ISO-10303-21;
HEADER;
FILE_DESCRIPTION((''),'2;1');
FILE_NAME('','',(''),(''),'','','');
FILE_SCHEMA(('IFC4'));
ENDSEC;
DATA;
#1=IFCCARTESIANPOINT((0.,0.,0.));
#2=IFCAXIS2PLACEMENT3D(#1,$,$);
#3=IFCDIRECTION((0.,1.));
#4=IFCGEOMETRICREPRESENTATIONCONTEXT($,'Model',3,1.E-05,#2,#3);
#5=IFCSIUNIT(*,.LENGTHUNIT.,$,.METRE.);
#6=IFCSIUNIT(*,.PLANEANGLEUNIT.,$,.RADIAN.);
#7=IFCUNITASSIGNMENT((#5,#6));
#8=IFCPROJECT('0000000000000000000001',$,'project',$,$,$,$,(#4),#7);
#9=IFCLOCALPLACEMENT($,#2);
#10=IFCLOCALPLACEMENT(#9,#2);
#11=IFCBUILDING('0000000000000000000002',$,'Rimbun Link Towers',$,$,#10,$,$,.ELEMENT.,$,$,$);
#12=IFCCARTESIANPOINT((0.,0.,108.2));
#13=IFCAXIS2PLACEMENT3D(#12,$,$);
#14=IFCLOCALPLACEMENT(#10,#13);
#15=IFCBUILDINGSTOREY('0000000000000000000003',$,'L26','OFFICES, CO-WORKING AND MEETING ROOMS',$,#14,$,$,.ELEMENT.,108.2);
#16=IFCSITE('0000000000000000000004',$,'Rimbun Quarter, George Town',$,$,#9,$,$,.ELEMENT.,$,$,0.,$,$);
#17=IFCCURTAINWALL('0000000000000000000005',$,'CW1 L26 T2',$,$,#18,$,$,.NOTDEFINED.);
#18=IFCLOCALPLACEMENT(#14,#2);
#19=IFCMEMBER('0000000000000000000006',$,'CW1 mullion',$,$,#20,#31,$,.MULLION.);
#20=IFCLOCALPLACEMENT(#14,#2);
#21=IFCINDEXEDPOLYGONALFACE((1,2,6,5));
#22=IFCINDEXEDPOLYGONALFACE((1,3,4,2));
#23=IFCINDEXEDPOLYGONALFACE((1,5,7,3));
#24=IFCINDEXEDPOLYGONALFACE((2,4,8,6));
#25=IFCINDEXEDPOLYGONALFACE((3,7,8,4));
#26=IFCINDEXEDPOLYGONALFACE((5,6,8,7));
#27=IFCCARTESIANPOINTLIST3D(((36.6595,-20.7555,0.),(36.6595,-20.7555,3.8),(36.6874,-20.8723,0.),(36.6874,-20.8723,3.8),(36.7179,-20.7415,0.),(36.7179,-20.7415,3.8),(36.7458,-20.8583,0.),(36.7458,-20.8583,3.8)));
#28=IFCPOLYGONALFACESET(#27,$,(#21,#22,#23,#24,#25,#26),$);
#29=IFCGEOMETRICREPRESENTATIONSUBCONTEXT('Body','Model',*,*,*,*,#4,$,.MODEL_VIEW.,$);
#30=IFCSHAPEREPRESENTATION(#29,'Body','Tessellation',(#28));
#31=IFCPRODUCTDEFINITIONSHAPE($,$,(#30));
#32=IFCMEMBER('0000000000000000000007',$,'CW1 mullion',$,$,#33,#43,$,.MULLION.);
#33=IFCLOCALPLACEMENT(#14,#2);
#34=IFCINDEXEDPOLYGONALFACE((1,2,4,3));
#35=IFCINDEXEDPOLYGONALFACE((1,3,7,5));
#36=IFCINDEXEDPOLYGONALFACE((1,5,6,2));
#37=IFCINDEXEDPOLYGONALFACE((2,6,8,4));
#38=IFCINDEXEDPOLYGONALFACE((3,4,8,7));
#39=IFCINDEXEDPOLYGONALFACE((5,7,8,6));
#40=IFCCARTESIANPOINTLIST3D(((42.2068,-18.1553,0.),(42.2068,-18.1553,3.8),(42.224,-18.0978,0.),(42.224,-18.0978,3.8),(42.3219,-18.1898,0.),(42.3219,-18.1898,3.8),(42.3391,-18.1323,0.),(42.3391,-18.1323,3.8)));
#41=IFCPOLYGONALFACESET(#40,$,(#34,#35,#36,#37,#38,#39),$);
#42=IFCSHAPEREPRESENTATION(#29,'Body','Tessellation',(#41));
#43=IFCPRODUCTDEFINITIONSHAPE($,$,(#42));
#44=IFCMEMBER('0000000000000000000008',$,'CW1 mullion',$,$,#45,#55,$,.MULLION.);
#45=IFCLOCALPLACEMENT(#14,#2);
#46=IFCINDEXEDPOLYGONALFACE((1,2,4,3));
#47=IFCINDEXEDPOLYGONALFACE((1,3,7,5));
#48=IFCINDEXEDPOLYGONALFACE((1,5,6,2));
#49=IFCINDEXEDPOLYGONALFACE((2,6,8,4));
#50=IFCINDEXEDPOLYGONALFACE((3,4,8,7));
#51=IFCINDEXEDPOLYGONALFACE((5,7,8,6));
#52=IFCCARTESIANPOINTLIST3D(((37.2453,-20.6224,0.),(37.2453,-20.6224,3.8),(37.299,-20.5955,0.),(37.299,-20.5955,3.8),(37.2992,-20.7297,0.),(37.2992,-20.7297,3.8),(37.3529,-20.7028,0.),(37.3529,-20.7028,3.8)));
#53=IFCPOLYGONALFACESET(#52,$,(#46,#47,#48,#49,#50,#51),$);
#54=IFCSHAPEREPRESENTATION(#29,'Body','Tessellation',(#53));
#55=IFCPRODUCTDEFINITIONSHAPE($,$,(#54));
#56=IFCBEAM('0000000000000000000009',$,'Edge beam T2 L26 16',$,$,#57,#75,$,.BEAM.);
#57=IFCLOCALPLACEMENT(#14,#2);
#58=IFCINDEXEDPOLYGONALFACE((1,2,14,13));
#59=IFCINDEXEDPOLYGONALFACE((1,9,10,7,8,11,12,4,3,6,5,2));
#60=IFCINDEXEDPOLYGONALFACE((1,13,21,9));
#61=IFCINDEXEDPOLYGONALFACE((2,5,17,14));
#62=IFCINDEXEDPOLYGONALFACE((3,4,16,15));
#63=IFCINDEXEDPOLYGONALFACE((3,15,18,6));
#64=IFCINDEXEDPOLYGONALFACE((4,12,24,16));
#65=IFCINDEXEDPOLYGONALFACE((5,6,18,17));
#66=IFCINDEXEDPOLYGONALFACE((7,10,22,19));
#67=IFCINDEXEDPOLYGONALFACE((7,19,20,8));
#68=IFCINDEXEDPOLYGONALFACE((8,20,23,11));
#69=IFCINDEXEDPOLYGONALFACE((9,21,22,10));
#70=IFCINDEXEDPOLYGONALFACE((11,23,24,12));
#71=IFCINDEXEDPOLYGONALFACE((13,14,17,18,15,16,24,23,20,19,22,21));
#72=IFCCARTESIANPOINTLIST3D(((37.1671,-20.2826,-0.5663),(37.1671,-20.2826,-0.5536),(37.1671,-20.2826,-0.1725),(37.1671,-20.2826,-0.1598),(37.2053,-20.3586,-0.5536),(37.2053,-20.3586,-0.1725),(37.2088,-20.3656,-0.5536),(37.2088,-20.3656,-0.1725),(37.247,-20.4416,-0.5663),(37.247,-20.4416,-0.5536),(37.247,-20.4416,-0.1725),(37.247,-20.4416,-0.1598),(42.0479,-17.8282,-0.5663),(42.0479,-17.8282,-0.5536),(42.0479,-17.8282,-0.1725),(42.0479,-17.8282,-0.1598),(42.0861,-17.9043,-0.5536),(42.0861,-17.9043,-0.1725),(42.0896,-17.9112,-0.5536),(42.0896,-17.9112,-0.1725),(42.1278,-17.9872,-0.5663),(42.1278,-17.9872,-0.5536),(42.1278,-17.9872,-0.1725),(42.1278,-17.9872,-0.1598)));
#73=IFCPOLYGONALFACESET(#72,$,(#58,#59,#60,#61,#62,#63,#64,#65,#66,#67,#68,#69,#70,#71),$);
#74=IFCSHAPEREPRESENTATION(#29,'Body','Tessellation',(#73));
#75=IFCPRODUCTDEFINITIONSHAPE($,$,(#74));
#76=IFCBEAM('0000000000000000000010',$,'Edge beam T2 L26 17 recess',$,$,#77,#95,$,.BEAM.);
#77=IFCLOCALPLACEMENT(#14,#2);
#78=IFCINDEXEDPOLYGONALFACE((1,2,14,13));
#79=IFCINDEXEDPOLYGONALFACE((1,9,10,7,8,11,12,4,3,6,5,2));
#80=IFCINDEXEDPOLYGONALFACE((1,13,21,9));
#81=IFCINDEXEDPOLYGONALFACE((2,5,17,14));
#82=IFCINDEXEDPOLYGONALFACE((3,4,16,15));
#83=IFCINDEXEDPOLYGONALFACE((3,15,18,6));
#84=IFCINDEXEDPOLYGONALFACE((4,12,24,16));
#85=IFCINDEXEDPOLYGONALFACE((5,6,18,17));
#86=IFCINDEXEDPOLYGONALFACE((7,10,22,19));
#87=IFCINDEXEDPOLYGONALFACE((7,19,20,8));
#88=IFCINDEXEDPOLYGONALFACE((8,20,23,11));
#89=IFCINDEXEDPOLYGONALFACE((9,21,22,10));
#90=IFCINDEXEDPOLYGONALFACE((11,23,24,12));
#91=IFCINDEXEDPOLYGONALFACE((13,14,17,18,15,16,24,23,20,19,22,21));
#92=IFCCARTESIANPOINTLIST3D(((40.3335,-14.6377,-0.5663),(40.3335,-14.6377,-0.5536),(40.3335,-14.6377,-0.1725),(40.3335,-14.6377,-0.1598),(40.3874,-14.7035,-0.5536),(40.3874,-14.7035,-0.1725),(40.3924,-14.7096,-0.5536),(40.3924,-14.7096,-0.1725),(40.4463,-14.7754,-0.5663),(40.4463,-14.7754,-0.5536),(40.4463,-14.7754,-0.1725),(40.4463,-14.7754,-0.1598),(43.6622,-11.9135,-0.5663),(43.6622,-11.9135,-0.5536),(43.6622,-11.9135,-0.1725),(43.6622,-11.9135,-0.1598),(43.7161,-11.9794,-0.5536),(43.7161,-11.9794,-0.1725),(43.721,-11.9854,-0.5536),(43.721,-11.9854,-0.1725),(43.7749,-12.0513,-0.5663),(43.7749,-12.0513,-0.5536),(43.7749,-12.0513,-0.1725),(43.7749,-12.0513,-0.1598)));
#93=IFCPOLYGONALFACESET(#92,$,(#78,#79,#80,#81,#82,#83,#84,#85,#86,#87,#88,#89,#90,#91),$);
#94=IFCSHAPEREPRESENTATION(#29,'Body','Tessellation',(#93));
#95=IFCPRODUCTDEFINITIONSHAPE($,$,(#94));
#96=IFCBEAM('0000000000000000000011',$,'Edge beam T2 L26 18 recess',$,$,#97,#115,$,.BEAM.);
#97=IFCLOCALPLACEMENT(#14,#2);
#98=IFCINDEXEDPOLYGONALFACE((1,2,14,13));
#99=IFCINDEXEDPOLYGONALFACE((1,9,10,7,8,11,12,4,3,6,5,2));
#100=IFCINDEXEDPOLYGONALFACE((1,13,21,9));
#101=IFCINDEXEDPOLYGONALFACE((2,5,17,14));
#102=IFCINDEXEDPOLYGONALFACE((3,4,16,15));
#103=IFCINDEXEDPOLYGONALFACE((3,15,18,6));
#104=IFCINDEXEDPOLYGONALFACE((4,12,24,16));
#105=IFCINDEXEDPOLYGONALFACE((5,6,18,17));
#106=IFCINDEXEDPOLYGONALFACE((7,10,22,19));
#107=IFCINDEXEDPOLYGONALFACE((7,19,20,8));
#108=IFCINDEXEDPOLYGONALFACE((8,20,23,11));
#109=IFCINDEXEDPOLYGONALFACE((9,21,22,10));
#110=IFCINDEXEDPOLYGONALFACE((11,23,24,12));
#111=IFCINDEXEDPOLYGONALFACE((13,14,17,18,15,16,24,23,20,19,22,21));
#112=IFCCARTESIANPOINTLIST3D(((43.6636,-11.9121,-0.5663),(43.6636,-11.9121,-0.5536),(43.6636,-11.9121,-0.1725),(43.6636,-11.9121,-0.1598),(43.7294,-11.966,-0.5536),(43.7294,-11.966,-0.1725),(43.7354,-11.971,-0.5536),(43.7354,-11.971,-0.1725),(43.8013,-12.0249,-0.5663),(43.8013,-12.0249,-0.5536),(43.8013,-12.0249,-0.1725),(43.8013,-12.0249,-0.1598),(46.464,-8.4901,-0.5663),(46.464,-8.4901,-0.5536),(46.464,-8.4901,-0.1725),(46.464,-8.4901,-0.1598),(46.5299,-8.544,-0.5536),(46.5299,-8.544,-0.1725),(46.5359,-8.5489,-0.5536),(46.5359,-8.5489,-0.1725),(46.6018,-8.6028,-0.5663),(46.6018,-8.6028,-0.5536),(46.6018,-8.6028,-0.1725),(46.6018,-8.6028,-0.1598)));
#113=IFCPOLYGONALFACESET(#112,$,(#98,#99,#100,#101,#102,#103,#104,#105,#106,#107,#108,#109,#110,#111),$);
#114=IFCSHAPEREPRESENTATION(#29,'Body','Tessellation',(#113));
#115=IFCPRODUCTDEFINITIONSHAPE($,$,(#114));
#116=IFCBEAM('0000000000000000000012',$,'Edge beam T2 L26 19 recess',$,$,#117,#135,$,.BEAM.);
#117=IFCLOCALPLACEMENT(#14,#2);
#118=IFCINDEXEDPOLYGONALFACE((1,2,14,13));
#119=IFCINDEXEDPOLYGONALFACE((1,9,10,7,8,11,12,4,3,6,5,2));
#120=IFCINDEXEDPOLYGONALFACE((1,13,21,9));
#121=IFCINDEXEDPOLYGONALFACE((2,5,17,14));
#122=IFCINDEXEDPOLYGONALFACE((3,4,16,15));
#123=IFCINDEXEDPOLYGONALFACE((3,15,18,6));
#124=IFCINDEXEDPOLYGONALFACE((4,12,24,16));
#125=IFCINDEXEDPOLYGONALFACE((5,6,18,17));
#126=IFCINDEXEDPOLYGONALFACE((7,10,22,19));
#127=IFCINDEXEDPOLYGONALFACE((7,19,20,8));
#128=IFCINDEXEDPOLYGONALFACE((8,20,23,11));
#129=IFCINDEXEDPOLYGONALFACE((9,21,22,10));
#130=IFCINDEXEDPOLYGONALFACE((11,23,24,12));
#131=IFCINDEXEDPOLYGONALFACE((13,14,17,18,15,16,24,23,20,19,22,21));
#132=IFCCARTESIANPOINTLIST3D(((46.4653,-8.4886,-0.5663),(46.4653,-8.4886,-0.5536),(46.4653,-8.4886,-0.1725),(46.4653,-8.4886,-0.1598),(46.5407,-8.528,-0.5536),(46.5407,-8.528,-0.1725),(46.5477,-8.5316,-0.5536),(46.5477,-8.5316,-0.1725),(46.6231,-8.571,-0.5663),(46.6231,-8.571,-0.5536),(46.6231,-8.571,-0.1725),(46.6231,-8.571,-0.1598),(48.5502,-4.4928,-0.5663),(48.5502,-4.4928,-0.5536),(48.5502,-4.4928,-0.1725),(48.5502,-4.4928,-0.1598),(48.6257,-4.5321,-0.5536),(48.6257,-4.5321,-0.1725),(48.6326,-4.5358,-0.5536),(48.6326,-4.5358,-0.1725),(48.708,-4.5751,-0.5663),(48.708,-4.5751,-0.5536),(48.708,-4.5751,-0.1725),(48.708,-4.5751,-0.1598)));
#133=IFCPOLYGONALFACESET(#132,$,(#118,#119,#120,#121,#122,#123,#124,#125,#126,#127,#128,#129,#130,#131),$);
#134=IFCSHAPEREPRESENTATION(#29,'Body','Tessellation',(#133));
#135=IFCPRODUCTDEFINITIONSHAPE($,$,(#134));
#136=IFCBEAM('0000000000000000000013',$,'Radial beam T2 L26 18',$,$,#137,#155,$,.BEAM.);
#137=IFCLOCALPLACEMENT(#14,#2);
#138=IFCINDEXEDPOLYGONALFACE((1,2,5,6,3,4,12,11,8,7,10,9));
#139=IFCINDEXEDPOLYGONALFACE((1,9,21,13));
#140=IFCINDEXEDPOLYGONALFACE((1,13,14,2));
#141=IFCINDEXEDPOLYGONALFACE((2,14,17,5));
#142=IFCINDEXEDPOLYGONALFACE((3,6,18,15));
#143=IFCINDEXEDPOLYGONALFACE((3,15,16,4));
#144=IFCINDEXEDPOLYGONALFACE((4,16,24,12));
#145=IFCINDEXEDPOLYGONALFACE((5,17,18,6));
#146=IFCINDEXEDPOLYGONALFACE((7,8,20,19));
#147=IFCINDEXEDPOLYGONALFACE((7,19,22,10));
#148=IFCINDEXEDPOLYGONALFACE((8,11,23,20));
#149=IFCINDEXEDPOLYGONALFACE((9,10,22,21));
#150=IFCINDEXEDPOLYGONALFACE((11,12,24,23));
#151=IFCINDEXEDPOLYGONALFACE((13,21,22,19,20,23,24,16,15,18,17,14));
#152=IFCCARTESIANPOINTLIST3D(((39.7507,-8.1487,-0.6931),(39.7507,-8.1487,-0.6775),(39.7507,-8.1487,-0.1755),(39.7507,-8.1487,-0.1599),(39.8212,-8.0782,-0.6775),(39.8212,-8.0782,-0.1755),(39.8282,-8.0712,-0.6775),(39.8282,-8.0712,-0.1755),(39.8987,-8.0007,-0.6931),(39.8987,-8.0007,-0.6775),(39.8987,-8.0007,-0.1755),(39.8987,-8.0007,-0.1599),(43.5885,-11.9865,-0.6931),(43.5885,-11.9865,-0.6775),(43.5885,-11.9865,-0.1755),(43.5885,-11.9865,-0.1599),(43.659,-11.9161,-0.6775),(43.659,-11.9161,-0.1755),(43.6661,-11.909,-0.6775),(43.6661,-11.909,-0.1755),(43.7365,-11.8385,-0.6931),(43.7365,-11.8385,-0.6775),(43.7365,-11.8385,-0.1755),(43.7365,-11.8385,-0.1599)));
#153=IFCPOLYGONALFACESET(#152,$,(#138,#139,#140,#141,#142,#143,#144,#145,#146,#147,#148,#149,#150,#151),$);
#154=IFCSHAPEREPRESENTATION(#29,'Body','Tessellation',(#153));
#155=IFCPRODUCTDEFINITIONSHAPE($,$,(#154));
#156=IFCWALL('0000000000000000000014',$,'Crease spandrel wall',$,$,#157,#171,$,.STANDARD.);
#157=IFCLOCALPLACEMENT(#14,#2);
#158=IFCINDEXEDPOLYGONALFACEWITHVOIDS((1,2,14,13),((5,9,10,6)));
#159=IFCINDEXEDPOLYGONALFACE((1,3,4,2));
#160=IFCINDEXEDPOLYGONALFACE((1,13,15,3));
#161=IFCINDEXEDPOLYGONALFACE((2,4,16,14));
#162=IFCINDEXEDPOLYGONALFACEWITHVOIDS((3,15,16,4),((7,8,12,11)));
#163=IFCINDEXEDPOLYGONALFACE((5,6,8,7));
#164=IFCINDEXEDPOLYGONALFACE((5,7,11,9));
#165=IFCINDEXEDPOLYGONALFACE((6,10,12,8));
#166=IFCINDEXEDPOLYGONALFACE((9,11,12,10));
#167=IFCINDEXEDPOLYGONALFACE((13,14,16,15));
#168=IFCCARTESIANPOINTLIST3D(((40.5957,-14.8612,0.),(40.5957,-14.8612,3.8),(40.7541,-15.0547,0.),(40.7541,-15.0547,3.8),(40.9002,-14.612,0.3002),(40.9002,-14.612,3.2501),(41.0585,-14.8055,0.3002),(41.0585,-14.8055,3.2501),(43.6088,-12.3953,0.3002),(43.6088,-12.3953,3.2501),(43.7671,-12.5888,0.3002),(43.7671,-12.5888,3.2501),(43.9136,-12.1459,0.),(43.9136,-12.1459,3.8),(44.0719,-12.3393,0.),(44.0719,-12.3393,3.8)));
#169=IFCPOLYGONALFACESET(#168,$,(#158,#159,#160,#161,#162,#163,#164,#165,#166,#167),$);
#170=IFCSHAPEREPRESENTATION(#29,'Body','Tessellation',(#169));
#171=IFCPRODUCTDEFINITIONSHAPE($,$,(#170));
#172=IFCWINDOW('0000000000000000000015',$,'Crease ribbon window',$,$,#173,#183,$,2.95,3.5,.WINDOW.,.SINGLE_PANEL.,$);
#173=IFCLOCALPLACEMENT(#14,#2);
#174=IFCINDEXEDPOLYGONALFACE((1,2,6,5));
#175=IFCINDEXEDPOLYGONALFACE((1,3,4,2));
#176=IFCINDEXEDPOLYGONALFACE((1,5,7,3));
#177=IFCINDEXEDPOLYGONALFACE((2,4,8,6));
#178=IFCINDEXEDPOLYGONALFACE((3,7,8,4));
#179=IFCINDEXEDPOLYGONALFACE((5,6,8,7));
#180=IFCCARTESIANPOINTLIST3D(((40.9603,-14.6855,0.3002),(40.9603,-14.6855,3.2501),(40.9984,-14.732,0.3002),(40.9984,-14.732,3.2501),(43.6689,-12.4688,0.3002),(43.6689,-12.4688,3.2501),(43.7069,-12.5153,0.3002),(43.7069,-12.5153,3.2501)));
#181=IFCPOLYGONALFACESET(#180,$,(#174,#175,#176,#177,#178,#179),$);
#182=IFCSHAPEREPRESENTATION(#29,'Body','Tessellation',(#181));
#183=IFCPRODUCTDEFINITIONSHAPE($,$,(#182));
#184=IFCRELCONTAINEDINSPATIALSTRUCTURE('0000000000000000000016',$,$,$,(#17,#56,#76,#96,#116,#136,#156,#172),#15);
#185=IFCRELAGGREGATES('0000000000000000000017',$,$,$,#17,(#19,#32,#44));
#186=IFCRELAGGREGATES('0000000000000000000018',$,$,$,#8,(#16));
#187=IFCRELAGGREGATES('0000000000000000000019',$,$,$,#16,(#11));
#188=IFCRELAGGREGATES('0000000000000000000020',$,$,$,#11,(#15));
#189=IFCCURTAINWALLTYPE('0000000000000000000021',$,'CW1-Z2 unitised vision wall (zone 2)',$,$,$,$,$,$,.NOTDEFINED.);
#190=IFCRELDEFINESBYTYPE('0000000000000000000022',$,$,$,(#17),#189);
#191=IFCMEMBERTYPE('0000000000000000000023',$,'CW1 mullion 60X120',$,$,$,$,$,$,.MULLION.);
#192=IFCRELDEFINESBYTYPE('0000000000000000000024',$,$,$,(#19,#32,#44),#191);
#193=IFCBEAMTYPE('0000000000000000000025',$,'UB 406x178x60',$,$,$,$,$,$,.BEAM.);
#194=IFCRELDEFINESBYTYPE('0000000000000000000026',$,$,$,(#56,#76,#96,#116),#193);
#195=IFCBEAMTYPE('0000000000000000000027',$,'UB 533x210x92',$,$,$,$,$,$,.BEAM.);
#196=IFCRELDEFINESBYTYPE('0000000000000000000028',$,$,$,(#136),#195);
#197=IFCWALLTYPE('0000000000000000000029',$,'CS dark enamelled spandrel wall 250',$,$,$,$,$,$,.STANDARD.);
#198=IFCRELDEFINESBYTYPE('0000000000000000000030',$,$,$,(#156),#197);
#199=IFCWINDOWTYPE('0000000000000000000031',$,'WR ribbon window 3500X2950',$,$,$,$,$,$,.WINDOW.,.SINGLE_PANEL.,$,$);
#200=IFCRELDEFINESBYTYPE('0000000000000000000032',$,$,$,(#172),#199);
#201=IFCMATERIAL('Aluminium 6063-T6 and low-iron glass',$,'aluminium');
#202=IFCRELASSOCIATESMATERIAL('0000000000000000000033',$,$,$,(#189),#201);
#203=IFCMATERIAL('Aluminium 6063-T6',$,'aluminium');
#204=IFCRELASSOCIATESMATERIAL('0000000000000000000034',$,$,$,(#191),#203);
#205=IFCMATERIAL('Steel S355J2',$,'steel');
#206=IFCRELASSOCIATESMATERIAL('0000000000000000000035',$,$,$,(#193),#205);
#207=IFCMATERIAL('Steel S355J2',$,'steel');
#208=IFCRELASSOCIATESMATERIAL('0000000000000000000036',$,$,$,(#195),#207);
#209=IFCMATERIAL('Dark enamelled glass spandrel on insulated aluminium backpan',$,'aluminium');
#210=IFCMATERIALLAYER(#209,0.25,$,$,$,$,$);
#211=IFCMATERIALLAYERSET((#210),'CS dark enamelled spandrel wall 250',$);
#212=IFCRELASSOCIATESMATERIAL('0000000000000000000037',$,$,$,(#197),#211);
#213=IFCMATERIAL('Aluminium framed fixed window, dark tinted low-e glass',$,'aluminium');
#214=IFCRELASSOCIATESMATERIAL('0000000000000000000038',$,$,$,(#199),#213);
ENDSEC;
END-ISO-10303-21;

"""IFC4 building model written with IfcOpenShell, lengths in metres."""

from ifc_helpers import new_model, si_unit, direction, frame, frame_2d, origin, origin_2d, place, context, subcontext, project, spatial, rectangle, i_section, extrude, material, layer, layer_set, material_profile, profile_set, type_object, element, fill, aggregate, save


model = new_model("IFC4")

# Units and contexts
model_context = context("Model", 3, precision=1e-05, world=origin(), true_north=direction((0.0, 1.0)))
body_context = subcontext(model_context, "Body", "Model", "MODEL_VIEW")
ifc_project = project(units=[si_unit("LENGTHUNIT", "METRE"), si_unit("PLANEANGLEUNIT", "RADIAN")], contexts=[model_context])

# Site, building, storey
site_placement = place(None, origin())
site = spatial("IfcSite", under=ifc_project, at=site_placement, Name="Rimbun Quarter, George Town", CompositionType="ELEMENT", RefElevation=0.0)
building_placement = place(site_placement, origin())
building = spatial("IfcBuilding", under=site, at=building_placement, Name="Rimbun Link Towers", CompositionType="ELEMENT")
storey_placement = place(building_placement, frame((0.0, 0.0, 108.2)))
storey = spatial("IfcBuildingStorey", under=building, at=storey_placement, Name="L26", Description="OFFICES, CO-WORKING AND MEETING ROOMS", CompositionType="ELEMENT", Elevation=108.2)

# Curtain wall, members
ifc_material_1 = material(Name="Aluminium 6063-T6 and low-iron glass", Category="aluminium")
curtain_wall_type = type_object("IfcCurtainWallType", Name="CW1-Z2 unitised vision wall (zone 2)", PredefinedType="NOTDEFINED", material=ifc_material_1)
curtain_wall_placement = place(storey_placement, origin())
curtain_wall = element("IfcCurtainWall", 1, at=curtain_wall_placement, inside=storey, type_object=curtain_wall_type, Name="CW1 L26 T2", PredefinedType="NOTDEFINED")
ifc_material_2 = material(Name="Aluminium 6063-T6", Category="aluminium")
ifc_material_profile_1 = material_profile(ifc_material_2, rectangle(XDim=0.1201, YDim=0.0601, at=origin_2d()), Name="MULLION 60X120")
ifc_profile_set_1 = profile_set([ifc_material_profile_1], Name="Aluminium 6063-T6")
member_type_1 = type_object("IfcMemberType", Name="CW1 mullion 60X120", PredefinedType="MULLION", material=ifc_profile_set_1)
member_1_placement = place(storey_placement, frame((36.7026, -20.8069, 0.0), z_axis=(0.0, 0.0, 1.0), x_axis=(0.232586, -0.972576, 0.0)))
member_1 = element("IfcMember", 2, at=member_1_placement, type_object=member_type_1, Name="CW1 mullion", PredefinedType="MULLION", context=body_context, shape_type="SweptSolid", body=[
    extrude(rectangle(XDim=0.1201, YDim=0.0601, at=origin_2d()), origin(), (0.0, 0.0, 1.0), 3.8),
])
member_2_placement = place(storey_placement, frame((42.2729, -18.1438, 0.0), z_axis=(0.0, 0.0, 1.0), x_axis=(0.957988, -0.286809, 0.0)))
member_2 = element("IfcMember", 3, at=member_2_placement, type_object=member_type_1, Name="CW1 mullion", PredefinedType="MULLION", context=body_context, shape_type="SweptSolid", body=[
    extrude(rectangle(XDim=0.1201, YDim=0.0601, at=origin_2d()), origin(), (0.0, 0.0, 1.0), 3.8),
])
member_3_placement = place(storey_placement, frame((37.2991, -20.6626, 0.0), z_axis=(0.0, 0.0, 1.0), x_axis=(0.448789, -0.893638, 0.0)))
member_3 = element("IfcMember", 4, at=member_3_placement, type_object=member_type_1, Name="CW1 mullion", PredefinedType="MULLION", context=body_context, shape_type="SweptSolid", body=[
    extrude(rectangle(XDim=0.1201, YDim=0.0601, at=origin_2d()), origin(), (0.0, 0.0, 1.0), 3.8),
])
aggregate(curtain_wall, [member_1, member_2, member_3])

# Beams
ifc_material_3 = material(Name="Steel S355J2", Category="steel")
ifc_material_profile_2 = material_profile(ifc_material_3, i_section(OverallWidth=0.178, OverallDepth=0.4065, WebThickness=0.0078, FlangeThickness=0.0127, at=origin_2d()), Name="UB 406x178x60")
ifc_profile_set_2 = profile_set([ifc_material_profile_2], Name="Steel S355J2")
beam_type_1 = type_object("IfcBeamType", Name="UB 406x178x60", PredefinedType="BEAM", material=ifc_profile_set_2)
beam_1_placement = place(storey_placement, frame((37.207, -20.3621, -0.363), z_axis=(0.893406, 0.44925, 0.0), x_axis=(-0.44925, 0.893406, 0.0)))
element("IfcBeam", 5, at=beam_1_placement, inside=storey, type_object=beam_type_1, Name="Edge beam T2 L26 16", PredefinedType="BEAM", context=body_context, shape_type="SweptSolid", body=[
    extrude(i_section(OverallWidth=0.178, OverallDepth=0.4065, WebThickness=0.0078, FlangeThickness=0.0127, at=origin_2d()), origin(), (0.0, 0.0, 1.0), 5.4631),
])
beam_2_placement = place(storey_placement, frame((40.3899, -14.7065, -0.363), z_axis=(0.773876, 0.633337, 0.0), x_axis=(-0.633337, 0.773876, 0.0)))
element("IfcBeam", 6, at=beam_2_placement, inside=storey, type_object=beam_type_1, Name="Edge beam T2 L26 17 recess", PredefinedType="BEAM", context=body_context, shape_type="SweptSolid", body=[
    extrude(i_section(OverallWidth=0.178, OverallDepth=0.4065, WebThickness=0.0078, FlangeThickness=0.0127, at=origin_2d()), origin(), (0.0, 0.0, 1.0), 4.3013),
])
beam_3_placement = place(storey_placement, frame((43.7324, -11.9685, -0.363), z_axis=(0.633322, 0.773888, 0.0), x_axis=(-0.773888, 0.633322, 0.0)))
element("IfcBeam", 7, at=beam_3_placement, inside=storey, type_object=beam_type_1, Name="Edge beam T2 L26 18 recess", PredefinedType="BEAM", context=body_context, shape_type="SweptSolid", body=[
    extrude(i_section(OverallWidth=0.178, OverallDepth=0.4065, WebThickness=0.0078, FlangeThickness=0.0127, at=origin_2d()), origin(), (0.0, 0.0, 1.0), 4.4219),
])
beam_4_placement = place(storey_placement, frame((46.5442, -8.5298, -0.363), z_axis=(0.462596, 0.886569, 0.0), x_axis=(-0.886569, 0.462596, 0.0)))
element("IfcBeam", 8, at=beam_4_placement, inside=storey, type_object=beam_type_1, Name="Edge beam T2 L26 19 recess", PredefinedType="BEAM", context=body_context, shape_type="SweptSolid", body=[
    extrude(i_section(OverallWidth=0.178, OverallDepth=0.4065, WebThickness=0.0078, FlangeThickness=0.0127, at=origin_2d()), origin(), (0.0, 0.0, 1.0), 4.5071),
])
ifc_material_4 = material(Name="Steel S355J2", Category="steel")
ifc_material_profile_3 = material_profile(ifc_material_4, i_section(OverallWidth=0.2092, OverallDepth=0.5332, WebThickness=0.01, FlangeThickness=0.0156, at=origin_2d()), Name="UB 533x210x92")
ifc_profile_set_3 = profile_set([ifc_material_profile_3], Name="Steel S355J2")
beam_type_2 = type_object("IfcBeamType", Name="UB 533x210x92", PredefinedType="BEAM", material=ifc_profile_set_3)
beam_5_placement = place(storey_placement, frame((39.8247, -8.0747, -0.4265), z_axis=(0.707107, -0.707107, 0.0), x_axis=(0.707107, 0.707107, 0.0)))
element("IfcBeam", 9, at=beam_5_placement, inside=storey, type_object=beam_type_2, Name="Radial beam T2 L26 18", PredefinedType="BEAM", context=body_context, shape_type="SweptSolid", body=[
    extrude(i_section(OverallWidth=0.2092, OverallDepth=0.5332, WebThickness=0.01, FlangeThickness=0.0156, at=origin_2d()), origin(), (0.0, 0.0, 1.0), 5.4275),
])

# Wall, opening, window
ifc_material_5 = material(Name="Dark enamelled glass spandrel on insulated aluminium backpan", Category="aluminium")
ifc_layer_1 = layer(ifc_material_5, 0.25)
ifc_layer_set_1 = layer_set([ifc_layer_1], Name="CS dark enamelled spandrel wall 250")
wall_type_1 = type_object("IfcWallType", Name="CS dark enamelled spandrel wall 250", PredefinedType="STANDARD", material=ifc_layer_set_1)
wall_1_placement = place(storey_placement, frame((43.9927, -12.2427, 0.0), z_axis=(0.0, 0.0, 1.0), x_axis=(-0.773876, -0.633337, 0.0)))
wall_1 = element("IfcWall", 10, at=wall_1_placement, inside=storey, type_object=wall_type_1, Name="Crease spandrel wall", PredefinedType="STANDARD", context=body_context, shape_type="SweptSolid", body=[
    extrude(rectangle(XDim=4.2874, YDim=0.25, at=frame_2d((2.1436, 0.0))), origin(), (0.0, 0.0, 1.0), 3.8),
])
opening_1_placement = place(wall_1_placement, frame((0.3938, 0.0, 0.3)))
opening_1 = element("IfcOpeningElement", 11, at=opening_1_placement, cuts=wall_1, PredefinedType="OPENING", context=body_context, shape_type="SweptSolid", body=[
    extrude(rectangle(XDim=3.5, YDim=2.95, at=frame_2d((1.75, 1.4751))), frame((0.0, 0.135, 0.0), z_axis=(0.0, -1.0, 0.0), x_axis=(1.0, 0.0, 0.0)), (0.0, 0.0, 1.0), 0.27),
])
ifc_material_6 = material(Name="Aluminium framed fixed window, dark tinted low-e glass", Category="aluminium")
window_type_1 = type_object("IfcWindowType", Name="WR ribbon window 3500X2950", PartitioningType="SINGLE_PANEL", PredefinedType="WINDOW", material=ifc_material_6)
window_1_placement = place(opening_1_placement, origin())
window_1 = element("IfcWindow", 12, at=window_1_placement, inside=storey, type_object=window_type_1, Name="Crease ribbon window", OverallHeight=2.95, OverallWidth=3.5, PartitioningType="SINGLE_PANEL", PredefinedType="WINDOW", context=body_context, shape_type="SweptSolid", body=[
    extrude(rectangle(XDim=3.5, YDim=2.95, at=frame_2d((1.75, 1.4751))), frame((0.0, 0.03, 0.0), z_axis=(0.0, -1.0, 0.0), x_axis=(1.0, 0.0, 0.0)), (0.0, 0.0, 1.0), 0.0601),
])
fill(opening_1, window_1)

save(model, "model.ifc")
